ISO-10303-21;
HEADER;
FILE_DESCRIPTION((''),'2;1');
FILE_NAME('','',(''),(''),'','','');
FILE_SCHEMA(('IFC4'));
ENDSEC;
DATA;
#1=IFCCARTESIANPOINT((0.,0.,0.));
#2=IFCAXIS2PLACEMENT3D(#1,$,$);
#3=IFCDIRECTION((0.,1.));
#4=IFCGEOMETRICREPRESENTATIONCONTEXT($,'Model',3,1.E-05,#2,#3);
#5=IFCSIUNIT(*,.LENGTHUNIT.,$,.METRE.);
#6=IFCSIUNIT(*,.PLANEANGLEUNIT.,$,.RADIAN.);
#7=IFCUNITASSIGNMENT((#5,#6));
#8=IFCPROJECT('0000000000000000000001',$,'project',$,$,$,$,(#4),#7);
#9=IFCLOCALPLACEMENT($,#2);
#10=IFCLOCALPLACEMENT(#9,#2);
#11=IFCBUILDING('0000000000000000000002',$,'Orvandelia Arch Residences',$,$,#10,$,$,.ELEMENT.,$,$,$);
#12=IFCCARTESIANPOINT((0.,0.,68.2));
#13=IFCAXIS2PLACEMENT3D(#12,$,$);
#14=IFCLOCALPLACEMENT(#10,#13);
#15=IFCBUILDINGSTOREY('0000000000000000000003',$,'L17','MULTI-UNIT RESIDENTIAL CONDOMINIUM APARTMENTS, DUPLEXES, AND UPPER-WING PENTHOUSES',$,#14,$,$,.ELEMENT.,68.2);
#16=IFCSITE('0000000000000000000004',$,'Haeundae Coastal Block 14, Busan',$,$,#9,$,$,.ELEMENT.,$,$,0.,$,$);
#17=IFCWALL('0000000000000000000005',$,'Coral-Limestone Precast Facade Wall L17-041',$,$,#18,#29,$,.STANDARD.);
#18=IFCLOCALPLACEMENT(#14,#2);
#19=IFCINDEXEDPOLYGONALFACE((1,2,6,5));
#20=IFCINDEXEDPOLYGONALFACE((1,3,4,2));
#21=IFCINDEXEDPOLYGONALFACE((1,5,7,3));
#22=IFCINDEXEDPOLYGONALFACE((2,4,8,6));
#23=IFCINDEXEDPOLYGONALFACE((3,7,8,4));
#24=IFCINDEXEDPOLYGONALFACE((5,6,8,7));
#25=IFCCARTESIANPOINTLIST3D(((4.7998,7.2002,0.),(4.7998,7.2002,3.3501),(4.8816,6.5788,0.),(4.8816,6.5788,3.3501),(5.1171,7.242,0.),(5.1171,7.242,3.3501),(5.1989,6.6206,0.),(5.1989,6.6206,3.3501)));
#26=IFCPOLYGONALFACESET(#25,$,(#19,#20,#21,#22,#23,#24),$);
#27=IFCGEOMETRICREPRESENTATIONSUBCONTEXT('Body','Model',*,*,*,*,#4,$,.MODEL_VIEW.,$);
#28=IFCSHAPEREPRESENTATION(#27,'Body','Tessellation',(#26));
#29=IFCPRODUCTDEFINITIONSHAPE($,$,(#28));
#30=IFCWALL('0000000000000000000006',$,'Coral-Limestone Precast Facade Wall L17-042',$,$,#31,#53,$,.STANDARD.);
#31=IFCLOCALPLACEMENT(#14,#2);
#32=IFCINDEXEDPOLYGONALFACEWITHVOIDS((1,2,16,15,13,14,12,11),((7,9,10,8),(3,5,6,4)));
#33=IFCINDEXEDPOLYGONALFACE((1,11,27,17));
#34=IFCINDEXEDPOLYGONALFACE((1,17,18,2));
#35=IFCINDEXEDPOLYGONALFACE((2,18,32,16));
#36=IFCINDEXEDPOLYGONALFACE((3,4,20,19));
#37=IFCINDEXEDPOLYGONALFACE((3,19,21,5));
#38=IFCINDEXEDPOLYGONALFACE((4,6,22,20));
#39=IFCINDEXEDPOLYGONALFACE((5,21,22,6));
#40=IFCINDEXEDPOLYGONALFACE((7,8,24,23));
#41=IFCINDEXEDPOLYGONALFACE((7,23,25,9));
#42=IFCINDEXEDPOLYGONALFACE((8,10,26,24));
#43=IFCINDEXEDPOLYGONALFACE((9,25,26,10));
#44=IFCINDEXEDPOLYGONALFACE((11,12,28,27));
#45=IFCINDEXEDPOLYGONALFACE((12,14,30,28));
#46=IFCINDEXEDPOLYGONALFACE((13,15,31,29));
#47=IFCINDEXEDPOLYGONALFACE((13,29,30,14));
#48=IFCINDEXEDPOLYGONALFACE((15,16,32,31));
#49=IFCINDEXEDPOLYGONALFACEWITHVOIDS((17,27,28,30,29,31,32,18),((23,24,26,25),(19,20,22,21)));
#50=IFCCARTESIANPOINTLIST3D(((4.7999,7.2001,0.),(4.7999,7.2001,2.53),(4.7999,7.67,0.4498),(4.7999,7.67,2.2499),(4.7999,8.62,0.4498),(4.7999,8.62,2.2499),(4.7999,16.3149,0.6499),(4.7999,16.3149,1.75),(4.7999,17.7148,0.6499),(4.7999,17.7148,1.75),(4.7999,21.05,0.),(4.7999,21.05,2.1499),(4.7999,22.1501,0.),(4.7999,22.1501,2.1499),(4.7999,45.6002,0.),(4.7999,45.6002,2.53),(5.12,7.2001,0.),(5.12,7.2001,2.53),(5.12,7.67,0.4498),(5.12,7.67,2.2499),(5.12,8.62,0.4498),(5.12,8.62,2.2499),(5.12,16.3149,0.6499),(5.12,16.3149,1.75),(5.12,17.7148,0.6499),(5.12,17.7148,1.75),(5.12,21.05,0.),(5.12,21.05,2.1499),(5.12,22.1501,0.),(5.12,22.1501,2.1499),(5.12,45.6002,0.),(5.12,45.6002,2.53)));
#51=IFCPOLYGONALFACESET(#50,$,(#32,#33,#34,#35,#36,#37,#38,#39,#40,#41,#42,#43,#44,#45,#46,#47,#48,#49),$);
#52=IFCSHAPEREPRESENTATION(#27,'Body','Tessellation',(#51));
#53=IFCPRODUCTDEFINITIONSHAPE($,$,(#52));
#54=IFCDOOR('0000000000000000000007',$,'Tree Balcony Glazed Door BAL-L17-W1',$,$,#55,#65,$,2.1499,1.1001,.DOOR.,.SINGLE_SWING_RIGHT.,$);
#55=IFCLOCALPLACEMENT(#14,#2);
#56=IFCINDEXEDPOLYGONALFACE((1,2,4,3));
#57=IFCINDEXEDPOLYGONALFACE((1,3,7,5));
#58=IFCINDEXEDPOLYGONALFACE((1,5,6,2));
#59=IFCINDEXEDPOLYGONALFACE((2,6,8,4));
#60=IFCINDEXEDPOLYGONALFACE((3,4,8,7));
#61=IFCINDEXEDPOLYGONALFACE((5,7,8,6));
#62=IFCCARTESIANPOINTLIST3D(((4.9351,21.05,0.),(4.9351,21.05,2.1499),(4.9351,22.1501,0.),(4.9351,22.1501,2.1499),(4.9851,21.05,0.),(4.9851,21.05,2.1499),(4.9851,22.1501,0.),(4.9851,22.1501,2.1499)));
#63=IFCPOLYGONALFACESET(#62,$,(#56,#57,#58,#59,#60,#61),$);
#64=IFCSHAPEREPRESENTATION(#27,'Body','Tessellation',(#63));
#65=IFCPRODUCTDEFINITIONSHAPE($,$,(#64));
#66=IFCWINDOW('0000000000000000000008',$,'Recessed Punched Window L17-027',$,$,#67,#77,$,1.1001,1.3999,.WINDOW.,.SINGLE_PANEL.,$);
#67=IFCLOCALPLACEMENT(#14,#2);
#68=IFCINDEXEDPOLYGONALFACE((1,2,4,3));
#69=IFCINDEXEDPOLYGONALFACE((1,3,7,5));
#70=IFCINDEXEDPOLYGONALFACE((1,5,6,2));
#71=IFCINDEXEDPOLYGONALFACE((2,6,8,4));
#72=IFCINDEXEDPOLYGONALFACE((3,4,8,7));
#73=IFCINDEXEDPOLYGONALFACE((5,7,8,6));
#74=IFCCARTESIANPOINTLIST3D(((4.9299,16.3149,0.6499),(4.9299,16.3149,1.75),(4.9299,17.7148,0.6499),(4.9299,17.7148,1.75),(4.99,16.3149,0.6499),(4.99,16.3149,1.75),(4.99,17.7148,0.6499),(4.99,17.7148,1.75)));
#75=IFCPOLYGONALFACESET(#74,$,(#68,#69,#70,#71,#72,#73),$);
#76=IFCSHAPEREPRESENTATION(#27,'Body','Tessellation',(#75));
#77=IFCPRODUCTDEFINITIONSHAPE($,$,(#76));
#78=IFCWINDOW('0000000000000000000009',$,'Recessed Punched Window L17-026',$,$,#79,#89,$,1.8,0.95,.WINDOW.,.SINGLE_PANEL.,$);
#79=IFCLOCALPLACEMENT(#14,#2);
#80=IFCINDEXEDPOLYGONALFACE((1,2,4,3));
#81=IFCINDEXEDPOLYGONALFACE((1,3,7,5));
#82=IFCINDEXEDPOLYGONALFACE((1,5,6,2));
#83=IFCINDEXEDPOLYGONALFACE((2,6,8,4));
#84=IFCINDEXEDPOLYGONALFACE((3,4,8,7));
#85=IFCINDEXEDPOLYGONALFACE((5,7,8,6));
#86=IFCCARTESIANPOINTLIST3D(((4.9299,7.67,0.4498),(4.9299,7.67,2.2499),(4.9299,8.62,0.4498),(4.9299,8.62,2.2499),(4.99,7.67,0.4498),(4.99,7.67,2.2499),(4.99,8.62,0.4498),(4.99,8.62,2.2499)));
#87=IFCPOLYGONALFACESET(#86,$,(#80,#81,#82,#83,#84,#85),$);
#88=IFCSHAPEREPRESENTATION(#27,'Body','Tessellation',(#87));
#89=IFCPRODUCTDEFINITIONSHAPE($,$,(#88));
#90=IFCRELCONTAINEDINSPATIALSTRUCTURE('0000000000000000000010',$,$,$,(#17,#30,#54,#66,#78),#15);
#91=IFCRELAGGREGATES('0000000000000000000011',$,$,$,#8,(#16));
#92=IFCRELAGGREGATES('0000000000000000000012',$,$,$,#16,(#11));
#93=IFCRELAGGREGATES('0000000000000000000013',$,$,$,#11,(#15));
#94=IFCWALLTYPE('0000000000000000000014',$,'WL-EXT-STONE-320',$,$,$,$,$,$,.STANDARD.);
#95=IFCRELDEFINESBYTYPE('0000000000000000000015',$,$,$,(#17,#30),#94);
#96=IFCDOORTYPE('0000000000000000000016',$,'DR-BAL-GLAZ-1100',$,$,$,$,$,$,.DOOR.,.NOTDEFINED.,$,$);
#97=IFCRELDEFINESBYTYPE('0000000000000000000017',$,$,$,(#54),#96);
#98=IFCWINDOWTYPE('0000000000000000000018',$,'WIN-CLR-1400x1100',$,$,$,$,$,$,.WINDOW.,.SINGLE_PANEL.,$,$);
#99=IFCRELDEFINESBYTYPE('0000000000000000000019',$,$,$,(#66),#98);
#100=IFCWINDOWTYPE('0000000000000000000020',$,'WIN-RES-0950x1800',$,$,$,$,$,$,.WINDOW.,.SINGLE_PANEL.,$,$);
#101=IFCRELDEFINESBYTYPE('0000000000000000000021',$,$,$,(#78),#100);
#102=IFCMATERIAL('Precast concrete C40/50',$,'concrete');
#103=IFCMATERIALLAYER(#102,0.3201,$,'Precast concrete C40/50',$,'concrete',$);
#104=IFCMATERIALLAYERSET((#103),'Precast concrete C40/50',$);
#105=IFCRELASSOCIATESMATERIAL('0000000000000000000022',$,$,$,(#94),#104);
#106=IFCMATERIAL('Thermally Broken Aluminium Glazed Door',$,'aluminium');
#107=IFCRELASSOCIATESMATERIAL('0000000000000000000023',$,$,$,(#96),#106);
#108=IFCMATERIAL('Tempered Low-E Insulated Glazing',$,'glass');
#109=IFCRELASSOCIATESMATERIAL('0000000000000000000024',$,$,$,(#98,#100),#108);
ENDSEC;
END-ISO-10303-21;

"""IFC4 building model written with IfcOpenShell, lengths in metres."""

from ifc_helpers import new_model, si_unit, direction, frame, frame_2d, origin, place, context, subcontext, project, spatial, rectangle, extrude, material, layer, layer_set, type_object, element, fill, save


model = new_model("IFC4")

# Units and contexts
model_context = context("Model", 3, precision=1e-05, world=origin(), true_north=direction((0.0, 1.0)))
body_context = subcontext(model_context, "Body", "Model", "MODEL_VIEW")
ifc_project = project(units=[si_unit("LENGTHUNIT", "METRE"), si_unit("PLANEANGLEUNIT", "RADIAN")], contexts=[model_context])

# Site, building, storey
site_placement = place(None, origin())
site = spatial("IfcSite", under=ifc_project, at=site_placement, Name="Haeundae Coastal Block 14, Busan", CompositionType="ELEMENT", RefElevation=0.0)
building_placement = place(site_placement, origin())
building = spatial("IfcBuilding", under=site, at=building_placement, Name="Orvandelia Arch Residences", CompositionType="ELEMENT")
storey_placement = place(building_placement, frame((0.0, 0.0, 68.2)))
storey = spatial("IfcBuildingStorey", under=building, at=storey_placement, Name="L17", Description="MULTI-UNIT RESIDENTIAL CONDOMINIUM APARTMENTS, DUPLEXES, AND UPPER-WING PENTHOUSES", CompositionType="ELEMENT", Elevation=68.2)

# Shared definitions
ifc_material_1 = material(Name="Precast concrete C40/50", Category="concrete")

# Wall
ifc_layer_1 = layer(ifc_material_1, 0.3201, Name="Precast concrete C40/50", Category="concrete")
ifc_layer_set_1 = layer_set([ifc_layer_1], Name="Precast concrete C40/50")
wall_type = type_object("IfcWallType", Name="WL-EXT-STONE-320", PredefinedType="STANDARD", material=ifc_layer_set_1)
wall_1_placement = place(storey_placement, frame((5.0403, 6.5996, 0.0), z_axis=(0.0, 0.0, 1.0), x_axis=(-0.130505, 0.991448, 0.0)))
element("IfcWall", 1, at=wall_1_placement, inside=storey, type_object=wall_type, Name="Coral-Limestone Precast Facade Wall L17-041", PredefinedType="STANDARD", context=body_context, shape_type="SweptSolid", body=[
    extrude(rectangle(XDim=0.6267, YDim=0.3201, at=frame_2d((0.3135, 0.0))), origin(), (0.0, 0.0, 1.0), 3.3501),
])

# Wall, openings, door, windows
wall_2_placement = place(storey_placement, frame((4.96, 7.2, 0.0), z_axis=(0.0, 0.0, 1.0), x_axis=(0.0, 1.0, 0.0)))
wall_2 = element("IfcWall", 2, at=wall_2_placement, inside=storey, type_object=wall_type, Name="Coral-Limestone Precast Facade Wall L17-042", PredefinedType="STANDARD", context=body_context, shape_type="SweptSolid", body=[
    extrude(rectangle(XDim=38.4001, YDim=0.3201, at=frame_2d((19.2002, 0.0))), origin(), (0.0, 0.0, 1.0), 2.53),
])
opening_1_placement = place(wall_2_placement, frame((13.8501, 0.0, 0.0)))
opening_1 = element("IfcOpeningElement", 3, at=opening_1_placement, cuts=wall_2, PredefinedType="OPENING", context=body_context, shape_type="SweptSolid", body=[
    extrude(rectangle(XDim=1.1001, YDim=2.1499, at=frame_2d((0.55, 1.075))), frame((0.0, 0.1699, 0.0), z_axis=(0.0, -1.0, 0.0), x_axis=(1.0, 0.0, 0.0)), (0.0, 0.0, 1.0), 0.3401),
])
opening_2_placement = place(wall_2_placement, frame((0.47, 0.0, 0.45)))
opening_2 = element("IfcOpeningElement", 4, at=opening_2_placement, cuts=wall_2, PredefinedType="OPENING", context=body_context, shape_type="SweptSolid", body=[
    extrude(rectangle(XDim=0.95, YDim=1.8, at=frame_2d((0.4751, 0.8999))), frame((0.0, 0.1699, 0.0), z_axis=(0.0, -1.0, 0.0), x_axis=(1.0, 0.0, 0.0)), (0.0, 0.0, 1.0), 0.3401),
])
opening_3_placement = place(wall_2_placement, frame((9.115, 0.0, 0.6499)))
opening_3 = element("IfcOpeningElement", 5, at=opening_3_placement, cuts=wall_2, PredefinedType="OPENING", context=body_context, shape_type="SweptSolid", body=[
    extrude(rectangle(XDim=1.3999, YDim=1.1001, at=frame_2d((0.7, 0.55))), frame((0.0, 0.1699, 0.0), z_axis=(0.0, -1.0, 0.0), x_axis=(1.0, 0.0, 0.0)), (0.0, 0.0, 1.0), 0.3401),
])
ifc_material_2 = material(Name="Thermally Broken Aluminium Glazed Door", Category="aluminium")
door_type = type_object("IfcDoorType", Name="DR-BAL-GLAZ-1100", OperationType="NOTDEFINED", PredefinedType="DOOR", material=ifc_material_2)
door_placement = place(opening_1_placement, origin())
door = element("IfcDoor", 6, at=door_placement, inside=storey, type_object=door_type, Name="Tree Balcony Glazed Door BAL-L17-W1", OperationType="SINGLE_SWING_RIGHT", OverallHeight=2.1499, OverallWidth=1.1001, PredefinedType="DOOR", context=body_context, shape_type="SweptSolid", body=[
    extrude(rectangle(XDim=1.1001, YDim=2.1499, at=frame_2d((0.55, 1.075))), frame((0.0, 0.0249, 0.0), z_axis=(0.0, -1.0, 0.0), x_axis=(1.0, 0.0, 0.0)), (0.0, 0.0, 1.0), 0.05),
])
fill(opening_1, door)
ifc_material_3 = material(Name="Tempered Low-E Insulated Glazing", Category="glass")
window_type_1 = type_object("IfcWindowType", Name="WIN-CLR-1400x1100", PartitioningType="SINGLE_PANEL", PredefinedType="WINDOW", material=ifc_material_3)
window_1_placement = place(opening_3_placement, origin())
window_1 = element("IfcWindow", 7, at=window_1_placement, inside=storey, type_object=window_type_1, Name="Recessed Punched Window L17-027", OverallHeight=1.1001, OverallWidth=1.3999, PartitioningType="SINGLE_PANEL", PredefinedType="WINDOW", context=body_context, shape_type="SweptSolid", body=[
    extrude(rectangle(XDim=1.3999, YDim=1.1001, at=frame_2d((0.7, 0.55))), frame((0.0, 0.03, 0.0), z_axis=(0.0, -1.0, 0.0), x_axis=(1.0, 0.0, 0.0)), (0.0, 0.0, 1.0), 0.0601),
])
fill(opening_3, window_1)
window_type_2 = type_object("IfcWindowType", Name="WIN-RES-0950x1800", PartitioningType="SINGLE_PANEL", PredefinedType="WINDOW", material=ifc_material_3)
window_2_placement = place(opening_2_placement, origin())
window_2 = element("IfcWindow", 8, at=window_2_placement, inside=storey, type_object=window_type_2, Name="Recessed Punched Window L17-026", OverallHeight=1.8, OverallWidth=0.95, PartitioningType="SINGLE_PANEL", PredefinedType="WINDOW", context=body_context, shape_type="SweptSolid", body=[
    extrude(rectangle(XDim=0.95, YDim=1.8, at=frame_2d((0.4751, 0.8999))), frame((0.0, 0.03, 0.0), z_axis=(0.0, -1.0, 0.0), x_axis=(1.0, 0.0, 0.0)), (0.0, 0.0, 1.0), 0.0601),
])
fill(opening_2, window_2)

save(model, "model.ifc")
